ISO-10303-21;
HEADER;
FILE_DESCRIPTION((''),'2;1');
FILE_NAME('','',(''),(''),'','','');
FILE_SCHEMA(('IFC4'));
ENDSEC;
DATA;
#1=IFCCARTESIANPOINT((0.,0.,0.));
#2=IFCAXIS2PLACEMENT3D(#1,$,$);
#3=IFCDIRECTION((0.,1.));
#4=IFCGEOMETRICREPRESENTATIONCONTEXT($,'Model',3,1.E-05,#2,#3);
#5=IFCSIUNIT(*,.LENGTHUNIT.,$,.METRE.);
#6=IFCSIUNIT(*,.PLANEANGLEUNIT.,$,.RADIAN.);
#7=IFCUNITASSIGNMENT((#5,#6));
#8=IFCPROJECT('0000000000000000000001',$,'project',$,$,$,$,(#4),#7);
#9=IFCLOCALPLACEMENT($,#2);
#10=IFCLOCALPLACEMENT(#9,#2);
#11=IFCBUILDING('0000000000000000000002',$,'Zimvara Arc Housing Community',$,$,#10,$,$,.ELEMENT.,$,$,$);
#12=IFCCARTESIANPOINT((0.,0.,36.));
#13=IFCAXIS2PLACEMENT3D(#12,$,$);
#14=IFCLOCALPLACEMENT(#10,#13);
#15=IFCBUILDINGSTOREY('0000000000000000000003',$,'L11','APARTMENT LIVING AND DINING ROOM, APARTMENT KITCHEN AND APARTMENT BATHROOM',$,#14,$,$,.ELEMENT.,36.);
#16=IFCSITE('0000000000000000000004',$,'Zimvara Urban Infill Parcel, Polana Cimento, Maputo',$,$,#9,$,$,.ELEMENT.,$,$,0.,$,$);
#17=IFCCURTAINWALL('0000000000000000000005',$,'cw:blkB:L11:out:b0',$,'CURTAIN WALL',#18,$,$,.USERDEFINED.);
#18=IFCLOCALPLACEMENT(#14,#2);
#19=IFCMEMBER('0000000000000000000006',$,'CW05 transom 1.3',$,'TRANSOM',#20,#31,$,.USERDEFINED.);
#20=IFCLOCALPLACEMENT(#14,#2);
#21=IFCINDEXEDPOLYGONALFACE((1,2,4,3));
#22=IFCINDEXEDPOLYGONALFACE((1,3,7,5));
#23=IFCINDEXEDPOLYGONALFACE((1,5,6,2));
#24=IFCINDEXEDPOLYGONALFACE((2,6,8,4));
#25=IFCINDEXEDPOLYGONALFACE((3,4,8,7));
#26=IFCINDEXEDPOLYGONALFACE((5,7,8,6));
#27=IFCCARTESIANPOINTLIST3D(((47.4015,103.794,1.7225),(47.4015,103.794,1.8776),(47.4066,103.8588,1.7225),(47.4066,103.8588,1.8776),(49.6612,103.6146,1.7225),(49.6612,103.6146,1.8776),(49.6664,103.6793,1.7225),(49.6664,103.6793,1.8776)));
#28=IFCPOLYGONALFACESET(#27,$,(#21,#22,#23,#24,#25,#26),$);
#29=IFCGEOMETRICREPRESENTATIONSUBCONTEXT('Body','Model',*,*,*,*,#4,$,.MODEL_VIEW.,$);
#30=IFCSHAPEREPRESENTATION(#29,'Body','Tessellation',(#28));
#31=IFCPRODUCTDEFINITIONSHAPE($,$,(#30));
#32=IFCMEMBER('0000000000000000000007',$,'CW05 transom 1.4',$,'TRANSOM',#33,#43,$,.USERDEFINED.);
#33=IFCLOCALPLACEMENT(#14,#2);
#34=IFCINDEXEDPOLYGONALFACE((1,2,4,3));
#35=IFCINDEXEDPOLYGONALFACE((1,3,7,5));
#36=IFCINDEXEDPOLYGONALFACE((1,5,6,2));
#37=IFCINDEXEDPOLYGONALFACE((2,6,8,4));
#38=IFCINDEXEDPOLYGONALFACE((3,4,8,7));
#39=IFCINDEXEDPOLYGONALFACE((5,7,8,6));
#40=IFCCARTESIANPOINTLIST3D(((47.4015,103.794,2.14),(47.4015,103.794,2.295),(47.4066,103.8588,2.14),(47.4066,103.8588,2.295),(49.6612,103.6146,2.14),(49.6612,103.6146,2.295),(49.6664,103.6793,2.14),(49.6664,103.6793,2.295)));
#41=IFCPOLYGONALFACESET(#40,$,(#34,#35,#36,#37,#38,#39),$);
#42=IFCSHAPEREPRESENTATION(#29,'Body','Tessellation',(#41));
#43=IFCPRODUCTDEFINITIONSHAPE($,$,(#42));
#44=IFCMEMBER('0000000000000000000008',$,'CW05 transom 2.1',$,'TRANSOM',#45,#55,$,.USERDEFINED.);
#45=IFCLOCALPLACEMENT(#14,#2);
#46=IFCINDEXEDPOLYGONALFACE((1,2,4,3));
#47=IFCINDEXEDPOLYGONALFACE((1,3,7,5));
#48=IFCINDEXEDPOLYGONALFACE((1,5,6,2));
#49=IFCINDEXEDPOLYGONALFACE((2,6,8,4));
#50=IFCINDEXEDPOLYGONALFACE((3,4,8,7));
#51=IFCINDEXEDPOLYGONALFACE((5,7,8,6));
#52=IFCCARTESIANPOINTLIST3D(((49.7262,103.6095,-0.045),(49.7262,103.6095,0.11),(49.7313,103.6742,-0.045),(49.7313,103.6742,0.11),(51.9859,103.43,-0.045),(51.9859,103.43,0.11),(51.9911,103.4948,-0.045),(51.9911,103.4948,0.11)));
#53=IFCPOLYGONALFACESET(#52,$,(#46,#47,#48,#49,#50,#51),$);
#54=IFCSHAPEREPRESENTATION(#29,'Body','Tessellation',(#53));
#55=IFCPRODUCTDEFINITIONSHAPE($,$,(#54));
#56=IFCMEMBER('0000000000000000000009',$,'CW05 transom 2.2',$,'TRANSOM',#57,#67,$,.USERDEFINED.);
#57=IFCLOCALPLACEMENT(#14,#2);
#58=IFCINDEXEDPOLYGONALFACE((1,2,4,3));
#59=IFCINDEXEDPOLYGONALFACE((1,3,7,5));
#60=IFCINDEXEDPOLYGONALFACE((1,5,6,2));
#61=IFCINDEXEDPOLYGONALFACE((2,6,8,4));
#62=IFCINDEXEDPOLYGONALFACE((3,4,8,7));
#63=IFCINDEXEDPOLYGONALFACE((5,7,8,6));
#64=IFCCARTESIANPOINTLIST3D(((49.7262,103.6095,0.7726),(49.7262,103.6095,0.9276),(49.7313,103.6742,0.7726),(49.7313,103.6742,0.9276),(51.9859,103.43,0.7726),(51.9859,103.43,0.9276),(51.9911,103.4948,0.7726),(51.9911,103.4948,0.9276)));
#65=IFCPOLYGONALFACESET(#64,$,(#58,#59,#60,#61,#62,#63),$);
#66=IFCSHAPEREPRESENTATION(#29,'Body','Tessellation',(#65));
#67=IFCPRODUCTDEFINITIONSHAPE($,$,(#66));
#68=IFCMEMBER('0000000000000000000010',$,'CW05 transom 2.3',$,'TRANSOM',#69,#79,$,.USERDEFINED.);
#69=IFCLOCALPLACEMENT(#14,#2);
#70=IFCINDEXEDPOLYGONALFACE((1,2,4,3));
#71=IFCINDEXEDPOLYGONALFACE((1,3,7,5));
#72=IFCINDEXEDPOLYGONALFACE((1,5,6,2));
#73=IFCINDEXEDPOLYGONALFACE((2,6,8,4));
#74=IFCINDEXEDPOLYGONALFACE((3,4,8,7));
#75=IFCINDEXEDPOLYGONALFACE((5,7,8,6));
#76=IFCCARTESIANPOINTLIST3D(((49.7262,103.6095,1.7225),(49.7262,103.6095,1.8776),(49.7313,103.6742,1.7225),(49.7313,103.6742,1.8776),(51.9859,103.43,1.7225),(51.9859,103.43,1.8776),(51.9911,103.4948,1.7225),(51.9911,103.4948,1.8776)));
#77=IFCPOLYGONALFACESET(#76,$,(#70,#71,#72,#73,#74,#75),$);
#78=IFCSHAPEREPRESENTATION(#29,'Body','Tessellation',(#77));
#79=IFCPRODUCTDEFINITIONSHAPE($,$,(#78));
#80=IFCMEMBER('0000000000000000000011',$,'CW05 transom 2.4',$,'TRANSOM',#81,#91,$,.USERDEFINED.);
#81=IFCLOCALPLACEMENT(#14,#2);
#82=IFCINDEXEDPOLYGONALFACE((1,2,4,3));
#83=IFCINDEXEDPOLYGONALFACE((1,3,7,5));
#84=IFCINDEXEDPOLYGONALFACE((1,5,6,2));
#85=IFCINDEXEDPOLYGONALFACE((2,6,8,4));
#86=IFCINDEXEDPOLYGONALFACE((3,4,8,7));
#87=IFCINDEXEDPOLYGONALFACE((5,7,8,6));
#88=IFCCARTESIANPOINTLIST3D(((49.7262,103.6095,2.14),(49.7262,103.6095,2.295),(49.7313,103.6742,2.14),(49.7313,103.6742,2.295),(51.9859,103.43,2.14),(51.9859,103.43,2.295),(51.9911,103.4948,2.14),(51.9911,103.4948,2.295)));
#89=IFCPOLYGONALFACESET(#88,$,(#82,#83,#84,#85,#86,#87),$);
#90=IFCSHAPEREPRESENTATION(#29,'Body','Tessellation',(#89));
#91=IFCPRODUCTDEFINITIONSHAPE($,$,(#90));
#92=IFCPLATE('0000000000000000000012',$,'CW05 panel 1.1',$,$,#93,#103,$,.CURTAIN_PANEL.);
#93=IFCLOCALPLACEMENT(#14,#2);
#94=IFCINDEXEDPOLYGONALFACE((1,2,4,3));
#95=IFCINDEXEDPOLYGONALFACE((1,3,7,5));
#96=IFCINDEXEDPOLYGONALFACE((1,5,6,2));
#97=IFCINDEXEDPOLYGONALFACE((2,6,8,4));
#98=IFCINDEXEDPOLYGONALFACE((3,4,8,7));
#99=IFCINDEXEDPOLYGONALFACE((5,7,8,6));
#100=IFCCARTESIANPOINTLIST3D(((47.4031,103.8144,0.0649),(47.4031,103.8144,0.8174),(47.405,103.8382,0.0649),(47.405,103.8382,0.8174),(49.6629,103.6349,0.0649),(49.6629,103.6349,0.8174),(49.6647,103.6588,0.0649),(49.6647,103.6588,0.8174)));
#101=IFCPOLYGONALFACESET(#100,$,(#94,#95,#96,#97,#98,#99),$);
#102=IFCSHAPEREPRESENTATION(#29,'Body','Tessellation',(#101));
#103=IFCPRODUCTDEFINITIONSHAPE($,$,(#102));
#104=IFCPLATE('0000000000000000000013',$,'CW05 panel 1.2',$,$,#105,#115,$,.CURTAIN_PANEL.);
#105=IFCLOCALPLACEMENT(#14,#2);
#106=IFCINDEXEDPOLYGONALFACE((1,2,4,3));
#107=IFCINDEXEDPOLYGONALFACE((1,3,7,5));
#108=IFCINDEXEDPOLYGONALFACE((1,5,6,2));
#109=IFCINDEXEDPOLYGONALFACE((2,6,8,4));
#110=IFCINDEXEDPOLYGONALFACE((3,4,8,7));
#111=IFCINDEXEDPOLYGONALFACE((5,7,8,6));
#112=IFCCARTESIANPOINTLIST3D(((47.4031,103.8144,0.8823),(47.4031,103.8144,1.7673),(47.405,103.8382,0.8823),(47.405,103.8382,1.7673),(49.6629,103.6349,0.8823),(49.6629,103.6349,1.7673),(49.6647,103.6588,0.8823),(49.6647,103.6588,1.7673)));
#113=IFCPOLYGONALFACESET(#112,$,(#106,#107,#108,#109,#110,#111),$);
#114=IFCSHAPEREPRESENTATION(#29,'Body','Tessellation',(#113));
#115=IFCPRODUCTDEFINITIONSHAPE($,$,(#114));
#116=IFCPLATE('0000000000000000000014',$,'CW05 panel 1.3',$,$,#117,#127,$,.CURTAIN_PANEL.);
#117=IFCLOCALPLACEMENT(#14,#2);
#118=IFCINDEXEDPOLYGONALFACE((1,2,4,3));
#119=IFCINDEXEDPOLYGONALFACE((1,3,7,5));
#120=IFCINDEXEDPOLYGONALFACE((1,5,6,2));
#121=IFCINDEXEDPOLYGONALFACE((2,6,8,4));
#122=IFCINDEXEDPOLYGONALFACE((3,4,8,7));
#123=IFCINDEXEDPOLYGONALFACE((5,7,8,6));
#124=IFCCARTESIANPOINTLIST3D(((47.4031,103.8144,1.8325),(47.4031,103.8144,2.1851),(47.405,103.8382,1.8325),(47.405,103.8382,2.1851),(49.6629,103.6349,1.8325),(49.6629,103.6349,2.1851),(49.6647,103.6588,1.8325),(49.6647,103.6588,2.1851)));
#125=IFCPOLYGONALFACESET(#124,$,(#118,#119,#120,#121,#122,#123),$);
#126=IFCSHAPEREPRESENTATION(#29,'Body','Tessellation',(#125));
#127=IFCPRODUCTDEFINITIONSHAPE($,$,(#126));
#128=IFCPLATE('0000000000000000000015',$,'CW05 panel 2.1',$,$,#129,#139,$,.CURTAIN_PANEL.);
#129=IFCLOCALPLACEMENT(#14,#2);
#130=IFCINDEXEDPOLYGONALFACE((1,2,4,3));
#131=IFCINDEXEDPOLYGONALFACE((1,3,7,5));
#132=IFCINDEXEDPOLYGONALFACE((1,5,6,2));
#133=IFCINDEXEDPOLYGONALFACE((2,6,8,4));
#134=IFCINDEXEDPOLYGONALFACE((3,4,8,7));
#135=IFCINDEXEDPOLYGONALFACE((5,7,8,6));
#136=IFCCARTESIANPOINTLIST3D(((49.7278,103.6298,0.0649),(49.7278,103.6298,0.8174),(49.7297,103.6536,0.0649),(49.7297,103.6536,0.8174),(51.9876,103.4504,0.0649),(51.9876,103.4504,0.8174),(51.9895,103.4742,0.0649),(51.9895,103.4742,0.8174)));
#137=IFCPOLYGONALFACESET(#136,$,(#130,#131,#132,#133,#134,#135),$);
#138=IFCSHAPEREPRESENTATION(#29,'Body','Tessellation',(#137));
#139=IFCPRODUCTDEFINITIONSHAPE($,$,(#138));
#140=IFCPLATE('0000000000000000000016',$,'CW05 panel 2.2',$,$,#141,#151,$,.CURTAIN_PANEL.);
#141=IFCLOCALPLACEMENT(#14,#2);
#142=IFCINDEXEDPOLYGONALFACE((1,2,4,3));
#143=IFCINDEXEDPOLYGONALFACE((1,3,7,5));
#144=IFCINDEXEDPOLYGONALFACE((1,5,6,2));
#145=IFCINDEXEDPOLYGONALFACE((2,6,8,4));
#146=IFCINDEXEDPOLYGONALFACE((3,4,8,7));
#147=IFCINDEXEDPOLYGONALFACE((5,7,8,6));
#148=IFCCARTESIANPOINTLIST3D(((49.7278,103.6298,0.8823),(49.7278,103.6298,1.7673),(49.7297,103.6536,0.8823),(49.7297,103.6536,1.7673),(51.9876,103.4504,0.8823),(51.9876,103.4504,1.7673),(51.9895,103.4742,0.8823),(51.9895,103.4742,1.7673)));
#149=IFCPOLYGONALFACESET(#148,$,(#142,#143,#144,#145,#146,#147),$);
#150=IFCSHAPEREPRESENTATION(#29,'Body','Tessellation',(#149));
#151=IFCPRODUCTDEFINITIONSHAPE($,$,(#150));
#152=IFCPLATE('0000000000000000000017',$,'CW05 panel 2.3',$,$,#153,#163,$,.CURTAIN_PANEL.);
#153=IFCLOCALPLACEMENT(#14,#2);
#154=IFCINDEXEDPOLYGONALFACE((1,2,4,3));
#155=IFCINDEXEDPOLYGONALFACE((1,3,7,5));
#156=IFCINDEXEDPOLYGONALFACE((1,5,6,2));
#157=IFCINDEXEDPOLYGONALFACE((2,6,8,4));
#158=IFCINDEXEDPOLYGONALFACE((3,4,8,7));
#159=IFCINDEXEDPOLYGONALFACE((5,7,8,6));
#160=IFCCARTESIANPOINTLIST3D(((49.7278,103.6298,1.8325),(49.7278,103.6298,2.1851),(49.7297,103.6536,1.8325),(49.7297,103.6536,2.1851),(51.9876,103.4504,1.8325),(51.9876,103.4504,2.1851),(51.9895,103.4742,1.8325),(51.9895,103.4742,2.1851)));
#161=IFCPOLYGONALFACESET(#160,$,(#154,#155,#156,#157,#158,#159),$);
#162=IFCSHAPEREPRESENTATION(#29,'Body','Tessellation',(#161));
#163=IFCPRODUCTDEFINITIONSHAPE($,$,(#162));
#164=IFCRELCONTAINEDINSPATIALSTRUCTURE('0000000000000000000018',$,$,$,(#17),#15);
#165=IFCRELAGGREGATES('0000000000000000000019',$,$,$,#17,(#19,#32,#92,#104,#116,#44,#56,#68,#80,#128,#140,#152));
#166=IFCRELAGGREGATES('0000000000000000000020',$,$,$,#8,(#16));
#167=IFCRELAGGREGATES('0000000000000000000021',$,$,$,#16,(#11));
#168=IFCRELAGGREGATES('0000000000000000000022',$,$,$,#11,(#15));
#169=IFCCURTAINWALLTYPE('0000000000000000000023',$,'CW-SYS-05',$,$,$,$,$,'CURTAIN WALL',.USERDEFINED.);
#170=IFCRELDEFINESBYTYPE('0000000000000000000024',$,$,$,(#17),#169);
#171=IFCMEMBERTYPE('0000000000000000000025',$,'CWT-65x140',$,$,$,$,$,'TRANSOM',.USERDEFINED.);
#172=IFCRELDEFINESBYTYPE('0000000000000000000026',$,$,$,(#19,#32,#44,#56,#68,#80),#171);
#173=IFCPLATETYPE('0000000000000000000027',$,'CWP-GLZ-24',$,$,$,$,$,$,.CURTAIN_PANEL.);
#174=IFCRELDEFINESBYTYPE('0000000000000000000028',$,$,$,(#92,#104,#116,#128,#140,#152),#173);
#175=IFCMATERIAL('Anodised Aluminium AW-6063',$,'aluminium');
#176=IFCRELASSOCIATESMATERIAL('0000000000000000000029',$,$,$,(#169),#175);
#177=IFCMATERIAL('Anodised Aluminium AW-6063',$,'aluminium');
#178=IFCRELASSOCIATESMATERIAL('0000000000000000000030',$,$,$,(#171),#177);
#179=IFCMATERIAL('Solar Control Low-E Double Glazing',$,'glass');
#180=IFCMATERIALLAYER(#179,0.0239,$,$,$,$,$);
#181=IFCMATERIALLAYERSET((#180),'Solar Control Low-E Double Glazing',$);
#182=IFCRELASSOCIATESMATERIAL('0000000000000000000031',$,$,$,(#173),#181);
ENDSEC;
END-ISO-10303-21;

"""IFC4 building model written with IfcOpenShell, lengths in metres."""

from ifc_helpers import new_model, si_unit, direction, frame, origin, origin_2d, place, context, subcontext, project, spatial, rectangle, extrude, material, layer, layer_set, material_profile, profile_set, type_object, element, aggregate, save


model = new_model("IFC4")

# Units and contexts
model_context = context("Model", 3, precision=1e-05, world=origin(), true_north=direction((0.0, 1.0)))
body_context = subcontext(model_context, "Body", "Model", "MODEL_VIEW")
ifc_project = project(units=[si_unit("LENGTHUNIT", "METRE"), si_unit("PLANEANGLEUNIT", "RADIAN")], contexts=[model_context])

# Site, building, storey
site_placement = place(None, origin())
site = spatial("IfcSite", under=ifc_project, at=site_placement, Name="Zimvara Urban Infill Parcel, Polana Cimento, Maputo", CompositionType="ELEMENT", RefElevation=0.0)
building_placement = place(site_placement, origin())
building = spatial("IfcBuilding", under=site, at=building_placement, Name="Zimvara Arc Housing Community", CompositionType="ELEMENT")
storey_placement = place(building_placement, frame((0.0, 0.0, 36.0)))
storey = spatial("IfcBuildingStorey", under=building, at=storey_placement, Name="L11", Description="APARTMENT LIVING AND DINING ROOM, APARTMENT KITCHEN AND APARTMENT BATHROOM", CompositionType="ELEMENT", Elevation=36.0)

# Curtain wall, members, plates
ifc_material_1 = material(Name="Anodised Aluminium AW-6063", Category="aluminium")
curtain_wall_type = type_object("IfcCurtainWallType", Name="CW-SYS-05", ElementType="CURTAIN WALL", PredefinedType="USERDEFINED", material=ifc_material_1)
curtain_wall_placement = place(storey_placement, origin())
curtain_wall = element("IfcCurtainWall", 1, at=curtain_wall_placement, inside=storey, type_object=curtain_wall_type, Name="cw:blkB:L11:out:b0", ObjectType="CURTAIN WALL", PredefinedType="USERDEFINED")
ifc_material_2 = material(Name="Anodised Aluminium AW-6063", Category="aluminium")
ifc_material_profile_1 = material_profile(ifc_material_2, rectangle(XDim=0.0649, YDim=0.155, at=origin_2d()), Name="ALU 65x155")
ifc_profile_set_1 = profile_set([ifc_material_profile_1], Name="Anodised Aluminium AW-6063")
member_type_1 = type_object("IfcMemberType", Name="CWT-65x140", ElementType="TRANSOM", PredefinedType="USERDEFINED", material=ifc_profile_set_1)
member_1_placement = place(storey_placement, frame((47.4041, 103.8264, 1.8), z_axis=(0.996862, -0.079159, 0.0), x_axis=(0.079159, 0.996862, 0.0)))
member_1 = element("IfcMember", 2, at=member_1_placement, type_object=member_type_1, Name="CW05 transom 1.3", ObjectType="TRANSOM", PredefinedType="USERDEFINED", context=body_context, shape_type="SweptSolid", body=[
    extrude(rectangle(XDim=0.0649, YDim=0.155, at=origin_2d()), origin(), (0.0, 0.0, 1.0), 2.2668),
])
member_2_placement = place(storey_placement, frame((47.4041, 103.8264, 2.2175), z_axis=(0.996862, -0.079159, 0.0), x_axis=(0.079159, 0.996862, 0.0)))
member_2 = element("IfcMember", 3, at=member_2_placement, type_object=member_type_1, Name="CW05 transom 1.4", ObjectType="TRANSOM", PredefinedType="USERDEFINED", context=body_context, shape_type="SweptSolid", body=[
    extrude(rectangle(XDim=0.0649, YDim=0.155, at=origin_2d()), origin(), (0.0, 0.0, 1.0), 2.2668),
])
member_3_placement = place(storey_placement, frame((49.7288, 103.6418, 0.0325), z_axis=(0.996862, -0.079159, 0.0), x_axis=(0.079159, 0.996862, 0.0)))
member_3 = element("IfcMember", 4, at=member_3_placement, type_object=member_type_1, Name="CW05 transom 2.1", ObjectType="TRANSOM", PredefinedType="USERDEFINED", context=body_context, shape_type="SweptSolid", body=[
    extrude(rectangle(XDim=0.0649, YDim=0.155, at=origin_2d()), origin(), (0.0, 0.0, 1.0), 2.2668),
])
member_4_placement = place(storey_placement, frame((49.7288, 103.6418, 0.8501), z_axis=(0.996862, -0.079159, 0.0), x_axis=(0.079159, 0.996862, 0.0)))
member_4 = element("IfcMember", 5, at=member_4_placement, type_object=member_type_1, Name="CW05 transom 2.2", ObjectType="TRANSOM", PredefinedType="USERDEFINED", context=body_context, shape_type="SweptSolid", body=[
    extrude(rectangle(XDim=0.0649, YDim=0.155, at=origin_2d()), origin(), (0.0, 0.0, 1.0), 2.2668),
])
member_5_placement = place(storey_placement, frame((49.7288, 103.6418, 1.8), z_axis=(0.996862, -0.079159, 0.0), x_axis=(0.079159, 0.996862, 0.0)))
member_5 = element("IfcMember", 6, at=member_5_placement, type_object=member_type_1, Name="CW05 transom 2.3", ObjectType="TRANSOM", PredefinedType="USERDEFINED", context=body_context, shape_type="SweptSolid", body=[
    extrude(rectangle(XDim=0.0649, YDim=0.155, at=origin_2d()), origin(), (0.0, 0.0, 1.0), 2.2668),
])
member_6_placement = place(storey_placement, frame((49.7288, 103.6418, 2.2175), z_axis=(0.996862, -0.079159, 0.0), x_axis=(0.079159, 0.996862, 0.0)))
member_6 = element("IfcMember", 7, at=member_6_placement, type_object=member_type_1, Name="CW05 transom 2.4", ObjectType="TRANSOM", PredefinedType="USERDEFINED", context=body_context, shape_type="SweptSolid", body=[
    extrude(rectangle(XDim=0.0649, YDim=0.155, at=origin_2d()), origin(), (0.0, 0.0, 1.0), 2.2668),
])
ifc_material_3 = material(Name="Solar Control Low-E Double Glazing", Category="glass")
ifc_layer_1 = layer(ifc_material_3, 0.0239)
ifc_layer_set_1 = layer_set([ifc_layer_1], Name="Solar Control Low-E Double Glazing")
plate_type = type_object("IfcPlateType", Name="CWP-GLZ-24", PredefinedType="CURTAIN_PANEL", material=ifc_layer_set_1)
plate_1_placement = place(storey_placement, frame((48.5339, 103.7366, 0.0649), z_axis=(0.0, 0.0, 1.0), x_axis=(0.996862, -0.079154, 0.0)))
plate_1 = element("IfcPlate", 8, at=plate_1_placement, type_object=plate_type, Name="CW05 panel 1.1", PredefinedType="CURTAIN_PANEL", context=body_context, shape_type="SweptSolid", body=[
    extrude(rectangle(XDim=2.2668, YDim=0.0239, at=origin_2d()), origin(), (0.0, 0.0, 1.0), 0.7524),
])
plate_2_placement = place(storey_placement, frame((48.5339, 103.7366, 0.8823), z_axis=(0.0, 0.0, 1.0), x_axis=(0.996862, -0.079154, 0.0)))
plate_2 = element("IfcPlate", 9, at=plate_2_placement, type_object=plate_type, Name="CW05 panel 1.2", PredefinedType="CURTAIN_PANEL", context=body_context, shape_type="SweptSolid", body=[
    extrude(rectangle(XDim=2.2668, YDim=0.0239, at=origin_2d()), origin(), (0.0, 0.0, 1.0), 0.885),
])
plate_3_placement = place(storey_placement, frame((48.5339, 103.7366, 1.8325), z_axis=(0.0, 0.0, 1.0), x_axis=(0.996862, -0.079154, 0.0)))
plate_3 = element("IfcPlate", 10, at=plate_3_placement, type_object=plate_type, Name="CW05 panel 1.3", PredefinedType="CURTAIN_PANEL", context=body_context, shape_type="SweptSolid", body=[
    extrude(rectangle(XDim=2.2668, YDim=0.0239, at=origin_2d()), origin(), (0.0, 0.0, 1.0), 0.3525),
])
plate_4_placement = place(storey_placement, frame((50.8586, 103.552, 0.0649), z_axis=(0.0, 0.0, 1.0), x_axis=(0.996862, -0.079154, 0.0)))
plate_4 = element("IfcPlate", 11, at=plate_4_placement, type_object=plate_type, Name="CW05 panel 2.1", PredefinedType="CURTAIN_PANEL", context=body_context, shape_type="SweptSolid", body=[
    extrude(rectangle(XDim=2.2668, YDim=0.0239, at=origin_2d()), origin(), (0.0, 0.0, 1.0), 0.7524),
])
plate_5_placement = place(storey_placement, frame((50.8586, 103.552, 0.8823), z_axis=(0.0, 0.0, 1.0), x_axis=(0.996862, -0.079154, 0.0)))
plate_5 = element("IfcPlate", 12, at=plate_5_placement, type_object=plate_type, Name="CW05 panel 2.2", PredefinedType="CURTAIN_PANEL", context=body_context, shape_type="SweptSolid", body=[
    extrude(rectangle(XDim=2.2668, YDim=0.0239, at=origin_2d()), origin(), (0.0, 0.0, 1.0), 0.885),
])
plate_6_placement = place(storey_placement, frame((50.8586, 103.552, 1.8325), z_axis=(0.0, 0.0, 1.0), x_axis=(0.996862, -0.079154, 0.0)))
plate_6 = element("IfcPlate", 13, at=plate_6_placement, type_object=plate_type, Name="CW05 panel 2.3", PredefinedType="CURTAIN_PANEL", context=body_context, shape_type="SweptSolid", body=[
    extrude(rectangle(XDim=2.2668, YDim=0.0239, at=origin_2d()), origin(), (0.0, 0.0, 1.0), 0.3525),
])
aggregate(curtain_wall, [member_1, member_2, plate_1, plate_2, plate_3, member_3, member_4, member_5, member_6, plate_4, plate_5, plate_6])

save(model, "model.ifc")
